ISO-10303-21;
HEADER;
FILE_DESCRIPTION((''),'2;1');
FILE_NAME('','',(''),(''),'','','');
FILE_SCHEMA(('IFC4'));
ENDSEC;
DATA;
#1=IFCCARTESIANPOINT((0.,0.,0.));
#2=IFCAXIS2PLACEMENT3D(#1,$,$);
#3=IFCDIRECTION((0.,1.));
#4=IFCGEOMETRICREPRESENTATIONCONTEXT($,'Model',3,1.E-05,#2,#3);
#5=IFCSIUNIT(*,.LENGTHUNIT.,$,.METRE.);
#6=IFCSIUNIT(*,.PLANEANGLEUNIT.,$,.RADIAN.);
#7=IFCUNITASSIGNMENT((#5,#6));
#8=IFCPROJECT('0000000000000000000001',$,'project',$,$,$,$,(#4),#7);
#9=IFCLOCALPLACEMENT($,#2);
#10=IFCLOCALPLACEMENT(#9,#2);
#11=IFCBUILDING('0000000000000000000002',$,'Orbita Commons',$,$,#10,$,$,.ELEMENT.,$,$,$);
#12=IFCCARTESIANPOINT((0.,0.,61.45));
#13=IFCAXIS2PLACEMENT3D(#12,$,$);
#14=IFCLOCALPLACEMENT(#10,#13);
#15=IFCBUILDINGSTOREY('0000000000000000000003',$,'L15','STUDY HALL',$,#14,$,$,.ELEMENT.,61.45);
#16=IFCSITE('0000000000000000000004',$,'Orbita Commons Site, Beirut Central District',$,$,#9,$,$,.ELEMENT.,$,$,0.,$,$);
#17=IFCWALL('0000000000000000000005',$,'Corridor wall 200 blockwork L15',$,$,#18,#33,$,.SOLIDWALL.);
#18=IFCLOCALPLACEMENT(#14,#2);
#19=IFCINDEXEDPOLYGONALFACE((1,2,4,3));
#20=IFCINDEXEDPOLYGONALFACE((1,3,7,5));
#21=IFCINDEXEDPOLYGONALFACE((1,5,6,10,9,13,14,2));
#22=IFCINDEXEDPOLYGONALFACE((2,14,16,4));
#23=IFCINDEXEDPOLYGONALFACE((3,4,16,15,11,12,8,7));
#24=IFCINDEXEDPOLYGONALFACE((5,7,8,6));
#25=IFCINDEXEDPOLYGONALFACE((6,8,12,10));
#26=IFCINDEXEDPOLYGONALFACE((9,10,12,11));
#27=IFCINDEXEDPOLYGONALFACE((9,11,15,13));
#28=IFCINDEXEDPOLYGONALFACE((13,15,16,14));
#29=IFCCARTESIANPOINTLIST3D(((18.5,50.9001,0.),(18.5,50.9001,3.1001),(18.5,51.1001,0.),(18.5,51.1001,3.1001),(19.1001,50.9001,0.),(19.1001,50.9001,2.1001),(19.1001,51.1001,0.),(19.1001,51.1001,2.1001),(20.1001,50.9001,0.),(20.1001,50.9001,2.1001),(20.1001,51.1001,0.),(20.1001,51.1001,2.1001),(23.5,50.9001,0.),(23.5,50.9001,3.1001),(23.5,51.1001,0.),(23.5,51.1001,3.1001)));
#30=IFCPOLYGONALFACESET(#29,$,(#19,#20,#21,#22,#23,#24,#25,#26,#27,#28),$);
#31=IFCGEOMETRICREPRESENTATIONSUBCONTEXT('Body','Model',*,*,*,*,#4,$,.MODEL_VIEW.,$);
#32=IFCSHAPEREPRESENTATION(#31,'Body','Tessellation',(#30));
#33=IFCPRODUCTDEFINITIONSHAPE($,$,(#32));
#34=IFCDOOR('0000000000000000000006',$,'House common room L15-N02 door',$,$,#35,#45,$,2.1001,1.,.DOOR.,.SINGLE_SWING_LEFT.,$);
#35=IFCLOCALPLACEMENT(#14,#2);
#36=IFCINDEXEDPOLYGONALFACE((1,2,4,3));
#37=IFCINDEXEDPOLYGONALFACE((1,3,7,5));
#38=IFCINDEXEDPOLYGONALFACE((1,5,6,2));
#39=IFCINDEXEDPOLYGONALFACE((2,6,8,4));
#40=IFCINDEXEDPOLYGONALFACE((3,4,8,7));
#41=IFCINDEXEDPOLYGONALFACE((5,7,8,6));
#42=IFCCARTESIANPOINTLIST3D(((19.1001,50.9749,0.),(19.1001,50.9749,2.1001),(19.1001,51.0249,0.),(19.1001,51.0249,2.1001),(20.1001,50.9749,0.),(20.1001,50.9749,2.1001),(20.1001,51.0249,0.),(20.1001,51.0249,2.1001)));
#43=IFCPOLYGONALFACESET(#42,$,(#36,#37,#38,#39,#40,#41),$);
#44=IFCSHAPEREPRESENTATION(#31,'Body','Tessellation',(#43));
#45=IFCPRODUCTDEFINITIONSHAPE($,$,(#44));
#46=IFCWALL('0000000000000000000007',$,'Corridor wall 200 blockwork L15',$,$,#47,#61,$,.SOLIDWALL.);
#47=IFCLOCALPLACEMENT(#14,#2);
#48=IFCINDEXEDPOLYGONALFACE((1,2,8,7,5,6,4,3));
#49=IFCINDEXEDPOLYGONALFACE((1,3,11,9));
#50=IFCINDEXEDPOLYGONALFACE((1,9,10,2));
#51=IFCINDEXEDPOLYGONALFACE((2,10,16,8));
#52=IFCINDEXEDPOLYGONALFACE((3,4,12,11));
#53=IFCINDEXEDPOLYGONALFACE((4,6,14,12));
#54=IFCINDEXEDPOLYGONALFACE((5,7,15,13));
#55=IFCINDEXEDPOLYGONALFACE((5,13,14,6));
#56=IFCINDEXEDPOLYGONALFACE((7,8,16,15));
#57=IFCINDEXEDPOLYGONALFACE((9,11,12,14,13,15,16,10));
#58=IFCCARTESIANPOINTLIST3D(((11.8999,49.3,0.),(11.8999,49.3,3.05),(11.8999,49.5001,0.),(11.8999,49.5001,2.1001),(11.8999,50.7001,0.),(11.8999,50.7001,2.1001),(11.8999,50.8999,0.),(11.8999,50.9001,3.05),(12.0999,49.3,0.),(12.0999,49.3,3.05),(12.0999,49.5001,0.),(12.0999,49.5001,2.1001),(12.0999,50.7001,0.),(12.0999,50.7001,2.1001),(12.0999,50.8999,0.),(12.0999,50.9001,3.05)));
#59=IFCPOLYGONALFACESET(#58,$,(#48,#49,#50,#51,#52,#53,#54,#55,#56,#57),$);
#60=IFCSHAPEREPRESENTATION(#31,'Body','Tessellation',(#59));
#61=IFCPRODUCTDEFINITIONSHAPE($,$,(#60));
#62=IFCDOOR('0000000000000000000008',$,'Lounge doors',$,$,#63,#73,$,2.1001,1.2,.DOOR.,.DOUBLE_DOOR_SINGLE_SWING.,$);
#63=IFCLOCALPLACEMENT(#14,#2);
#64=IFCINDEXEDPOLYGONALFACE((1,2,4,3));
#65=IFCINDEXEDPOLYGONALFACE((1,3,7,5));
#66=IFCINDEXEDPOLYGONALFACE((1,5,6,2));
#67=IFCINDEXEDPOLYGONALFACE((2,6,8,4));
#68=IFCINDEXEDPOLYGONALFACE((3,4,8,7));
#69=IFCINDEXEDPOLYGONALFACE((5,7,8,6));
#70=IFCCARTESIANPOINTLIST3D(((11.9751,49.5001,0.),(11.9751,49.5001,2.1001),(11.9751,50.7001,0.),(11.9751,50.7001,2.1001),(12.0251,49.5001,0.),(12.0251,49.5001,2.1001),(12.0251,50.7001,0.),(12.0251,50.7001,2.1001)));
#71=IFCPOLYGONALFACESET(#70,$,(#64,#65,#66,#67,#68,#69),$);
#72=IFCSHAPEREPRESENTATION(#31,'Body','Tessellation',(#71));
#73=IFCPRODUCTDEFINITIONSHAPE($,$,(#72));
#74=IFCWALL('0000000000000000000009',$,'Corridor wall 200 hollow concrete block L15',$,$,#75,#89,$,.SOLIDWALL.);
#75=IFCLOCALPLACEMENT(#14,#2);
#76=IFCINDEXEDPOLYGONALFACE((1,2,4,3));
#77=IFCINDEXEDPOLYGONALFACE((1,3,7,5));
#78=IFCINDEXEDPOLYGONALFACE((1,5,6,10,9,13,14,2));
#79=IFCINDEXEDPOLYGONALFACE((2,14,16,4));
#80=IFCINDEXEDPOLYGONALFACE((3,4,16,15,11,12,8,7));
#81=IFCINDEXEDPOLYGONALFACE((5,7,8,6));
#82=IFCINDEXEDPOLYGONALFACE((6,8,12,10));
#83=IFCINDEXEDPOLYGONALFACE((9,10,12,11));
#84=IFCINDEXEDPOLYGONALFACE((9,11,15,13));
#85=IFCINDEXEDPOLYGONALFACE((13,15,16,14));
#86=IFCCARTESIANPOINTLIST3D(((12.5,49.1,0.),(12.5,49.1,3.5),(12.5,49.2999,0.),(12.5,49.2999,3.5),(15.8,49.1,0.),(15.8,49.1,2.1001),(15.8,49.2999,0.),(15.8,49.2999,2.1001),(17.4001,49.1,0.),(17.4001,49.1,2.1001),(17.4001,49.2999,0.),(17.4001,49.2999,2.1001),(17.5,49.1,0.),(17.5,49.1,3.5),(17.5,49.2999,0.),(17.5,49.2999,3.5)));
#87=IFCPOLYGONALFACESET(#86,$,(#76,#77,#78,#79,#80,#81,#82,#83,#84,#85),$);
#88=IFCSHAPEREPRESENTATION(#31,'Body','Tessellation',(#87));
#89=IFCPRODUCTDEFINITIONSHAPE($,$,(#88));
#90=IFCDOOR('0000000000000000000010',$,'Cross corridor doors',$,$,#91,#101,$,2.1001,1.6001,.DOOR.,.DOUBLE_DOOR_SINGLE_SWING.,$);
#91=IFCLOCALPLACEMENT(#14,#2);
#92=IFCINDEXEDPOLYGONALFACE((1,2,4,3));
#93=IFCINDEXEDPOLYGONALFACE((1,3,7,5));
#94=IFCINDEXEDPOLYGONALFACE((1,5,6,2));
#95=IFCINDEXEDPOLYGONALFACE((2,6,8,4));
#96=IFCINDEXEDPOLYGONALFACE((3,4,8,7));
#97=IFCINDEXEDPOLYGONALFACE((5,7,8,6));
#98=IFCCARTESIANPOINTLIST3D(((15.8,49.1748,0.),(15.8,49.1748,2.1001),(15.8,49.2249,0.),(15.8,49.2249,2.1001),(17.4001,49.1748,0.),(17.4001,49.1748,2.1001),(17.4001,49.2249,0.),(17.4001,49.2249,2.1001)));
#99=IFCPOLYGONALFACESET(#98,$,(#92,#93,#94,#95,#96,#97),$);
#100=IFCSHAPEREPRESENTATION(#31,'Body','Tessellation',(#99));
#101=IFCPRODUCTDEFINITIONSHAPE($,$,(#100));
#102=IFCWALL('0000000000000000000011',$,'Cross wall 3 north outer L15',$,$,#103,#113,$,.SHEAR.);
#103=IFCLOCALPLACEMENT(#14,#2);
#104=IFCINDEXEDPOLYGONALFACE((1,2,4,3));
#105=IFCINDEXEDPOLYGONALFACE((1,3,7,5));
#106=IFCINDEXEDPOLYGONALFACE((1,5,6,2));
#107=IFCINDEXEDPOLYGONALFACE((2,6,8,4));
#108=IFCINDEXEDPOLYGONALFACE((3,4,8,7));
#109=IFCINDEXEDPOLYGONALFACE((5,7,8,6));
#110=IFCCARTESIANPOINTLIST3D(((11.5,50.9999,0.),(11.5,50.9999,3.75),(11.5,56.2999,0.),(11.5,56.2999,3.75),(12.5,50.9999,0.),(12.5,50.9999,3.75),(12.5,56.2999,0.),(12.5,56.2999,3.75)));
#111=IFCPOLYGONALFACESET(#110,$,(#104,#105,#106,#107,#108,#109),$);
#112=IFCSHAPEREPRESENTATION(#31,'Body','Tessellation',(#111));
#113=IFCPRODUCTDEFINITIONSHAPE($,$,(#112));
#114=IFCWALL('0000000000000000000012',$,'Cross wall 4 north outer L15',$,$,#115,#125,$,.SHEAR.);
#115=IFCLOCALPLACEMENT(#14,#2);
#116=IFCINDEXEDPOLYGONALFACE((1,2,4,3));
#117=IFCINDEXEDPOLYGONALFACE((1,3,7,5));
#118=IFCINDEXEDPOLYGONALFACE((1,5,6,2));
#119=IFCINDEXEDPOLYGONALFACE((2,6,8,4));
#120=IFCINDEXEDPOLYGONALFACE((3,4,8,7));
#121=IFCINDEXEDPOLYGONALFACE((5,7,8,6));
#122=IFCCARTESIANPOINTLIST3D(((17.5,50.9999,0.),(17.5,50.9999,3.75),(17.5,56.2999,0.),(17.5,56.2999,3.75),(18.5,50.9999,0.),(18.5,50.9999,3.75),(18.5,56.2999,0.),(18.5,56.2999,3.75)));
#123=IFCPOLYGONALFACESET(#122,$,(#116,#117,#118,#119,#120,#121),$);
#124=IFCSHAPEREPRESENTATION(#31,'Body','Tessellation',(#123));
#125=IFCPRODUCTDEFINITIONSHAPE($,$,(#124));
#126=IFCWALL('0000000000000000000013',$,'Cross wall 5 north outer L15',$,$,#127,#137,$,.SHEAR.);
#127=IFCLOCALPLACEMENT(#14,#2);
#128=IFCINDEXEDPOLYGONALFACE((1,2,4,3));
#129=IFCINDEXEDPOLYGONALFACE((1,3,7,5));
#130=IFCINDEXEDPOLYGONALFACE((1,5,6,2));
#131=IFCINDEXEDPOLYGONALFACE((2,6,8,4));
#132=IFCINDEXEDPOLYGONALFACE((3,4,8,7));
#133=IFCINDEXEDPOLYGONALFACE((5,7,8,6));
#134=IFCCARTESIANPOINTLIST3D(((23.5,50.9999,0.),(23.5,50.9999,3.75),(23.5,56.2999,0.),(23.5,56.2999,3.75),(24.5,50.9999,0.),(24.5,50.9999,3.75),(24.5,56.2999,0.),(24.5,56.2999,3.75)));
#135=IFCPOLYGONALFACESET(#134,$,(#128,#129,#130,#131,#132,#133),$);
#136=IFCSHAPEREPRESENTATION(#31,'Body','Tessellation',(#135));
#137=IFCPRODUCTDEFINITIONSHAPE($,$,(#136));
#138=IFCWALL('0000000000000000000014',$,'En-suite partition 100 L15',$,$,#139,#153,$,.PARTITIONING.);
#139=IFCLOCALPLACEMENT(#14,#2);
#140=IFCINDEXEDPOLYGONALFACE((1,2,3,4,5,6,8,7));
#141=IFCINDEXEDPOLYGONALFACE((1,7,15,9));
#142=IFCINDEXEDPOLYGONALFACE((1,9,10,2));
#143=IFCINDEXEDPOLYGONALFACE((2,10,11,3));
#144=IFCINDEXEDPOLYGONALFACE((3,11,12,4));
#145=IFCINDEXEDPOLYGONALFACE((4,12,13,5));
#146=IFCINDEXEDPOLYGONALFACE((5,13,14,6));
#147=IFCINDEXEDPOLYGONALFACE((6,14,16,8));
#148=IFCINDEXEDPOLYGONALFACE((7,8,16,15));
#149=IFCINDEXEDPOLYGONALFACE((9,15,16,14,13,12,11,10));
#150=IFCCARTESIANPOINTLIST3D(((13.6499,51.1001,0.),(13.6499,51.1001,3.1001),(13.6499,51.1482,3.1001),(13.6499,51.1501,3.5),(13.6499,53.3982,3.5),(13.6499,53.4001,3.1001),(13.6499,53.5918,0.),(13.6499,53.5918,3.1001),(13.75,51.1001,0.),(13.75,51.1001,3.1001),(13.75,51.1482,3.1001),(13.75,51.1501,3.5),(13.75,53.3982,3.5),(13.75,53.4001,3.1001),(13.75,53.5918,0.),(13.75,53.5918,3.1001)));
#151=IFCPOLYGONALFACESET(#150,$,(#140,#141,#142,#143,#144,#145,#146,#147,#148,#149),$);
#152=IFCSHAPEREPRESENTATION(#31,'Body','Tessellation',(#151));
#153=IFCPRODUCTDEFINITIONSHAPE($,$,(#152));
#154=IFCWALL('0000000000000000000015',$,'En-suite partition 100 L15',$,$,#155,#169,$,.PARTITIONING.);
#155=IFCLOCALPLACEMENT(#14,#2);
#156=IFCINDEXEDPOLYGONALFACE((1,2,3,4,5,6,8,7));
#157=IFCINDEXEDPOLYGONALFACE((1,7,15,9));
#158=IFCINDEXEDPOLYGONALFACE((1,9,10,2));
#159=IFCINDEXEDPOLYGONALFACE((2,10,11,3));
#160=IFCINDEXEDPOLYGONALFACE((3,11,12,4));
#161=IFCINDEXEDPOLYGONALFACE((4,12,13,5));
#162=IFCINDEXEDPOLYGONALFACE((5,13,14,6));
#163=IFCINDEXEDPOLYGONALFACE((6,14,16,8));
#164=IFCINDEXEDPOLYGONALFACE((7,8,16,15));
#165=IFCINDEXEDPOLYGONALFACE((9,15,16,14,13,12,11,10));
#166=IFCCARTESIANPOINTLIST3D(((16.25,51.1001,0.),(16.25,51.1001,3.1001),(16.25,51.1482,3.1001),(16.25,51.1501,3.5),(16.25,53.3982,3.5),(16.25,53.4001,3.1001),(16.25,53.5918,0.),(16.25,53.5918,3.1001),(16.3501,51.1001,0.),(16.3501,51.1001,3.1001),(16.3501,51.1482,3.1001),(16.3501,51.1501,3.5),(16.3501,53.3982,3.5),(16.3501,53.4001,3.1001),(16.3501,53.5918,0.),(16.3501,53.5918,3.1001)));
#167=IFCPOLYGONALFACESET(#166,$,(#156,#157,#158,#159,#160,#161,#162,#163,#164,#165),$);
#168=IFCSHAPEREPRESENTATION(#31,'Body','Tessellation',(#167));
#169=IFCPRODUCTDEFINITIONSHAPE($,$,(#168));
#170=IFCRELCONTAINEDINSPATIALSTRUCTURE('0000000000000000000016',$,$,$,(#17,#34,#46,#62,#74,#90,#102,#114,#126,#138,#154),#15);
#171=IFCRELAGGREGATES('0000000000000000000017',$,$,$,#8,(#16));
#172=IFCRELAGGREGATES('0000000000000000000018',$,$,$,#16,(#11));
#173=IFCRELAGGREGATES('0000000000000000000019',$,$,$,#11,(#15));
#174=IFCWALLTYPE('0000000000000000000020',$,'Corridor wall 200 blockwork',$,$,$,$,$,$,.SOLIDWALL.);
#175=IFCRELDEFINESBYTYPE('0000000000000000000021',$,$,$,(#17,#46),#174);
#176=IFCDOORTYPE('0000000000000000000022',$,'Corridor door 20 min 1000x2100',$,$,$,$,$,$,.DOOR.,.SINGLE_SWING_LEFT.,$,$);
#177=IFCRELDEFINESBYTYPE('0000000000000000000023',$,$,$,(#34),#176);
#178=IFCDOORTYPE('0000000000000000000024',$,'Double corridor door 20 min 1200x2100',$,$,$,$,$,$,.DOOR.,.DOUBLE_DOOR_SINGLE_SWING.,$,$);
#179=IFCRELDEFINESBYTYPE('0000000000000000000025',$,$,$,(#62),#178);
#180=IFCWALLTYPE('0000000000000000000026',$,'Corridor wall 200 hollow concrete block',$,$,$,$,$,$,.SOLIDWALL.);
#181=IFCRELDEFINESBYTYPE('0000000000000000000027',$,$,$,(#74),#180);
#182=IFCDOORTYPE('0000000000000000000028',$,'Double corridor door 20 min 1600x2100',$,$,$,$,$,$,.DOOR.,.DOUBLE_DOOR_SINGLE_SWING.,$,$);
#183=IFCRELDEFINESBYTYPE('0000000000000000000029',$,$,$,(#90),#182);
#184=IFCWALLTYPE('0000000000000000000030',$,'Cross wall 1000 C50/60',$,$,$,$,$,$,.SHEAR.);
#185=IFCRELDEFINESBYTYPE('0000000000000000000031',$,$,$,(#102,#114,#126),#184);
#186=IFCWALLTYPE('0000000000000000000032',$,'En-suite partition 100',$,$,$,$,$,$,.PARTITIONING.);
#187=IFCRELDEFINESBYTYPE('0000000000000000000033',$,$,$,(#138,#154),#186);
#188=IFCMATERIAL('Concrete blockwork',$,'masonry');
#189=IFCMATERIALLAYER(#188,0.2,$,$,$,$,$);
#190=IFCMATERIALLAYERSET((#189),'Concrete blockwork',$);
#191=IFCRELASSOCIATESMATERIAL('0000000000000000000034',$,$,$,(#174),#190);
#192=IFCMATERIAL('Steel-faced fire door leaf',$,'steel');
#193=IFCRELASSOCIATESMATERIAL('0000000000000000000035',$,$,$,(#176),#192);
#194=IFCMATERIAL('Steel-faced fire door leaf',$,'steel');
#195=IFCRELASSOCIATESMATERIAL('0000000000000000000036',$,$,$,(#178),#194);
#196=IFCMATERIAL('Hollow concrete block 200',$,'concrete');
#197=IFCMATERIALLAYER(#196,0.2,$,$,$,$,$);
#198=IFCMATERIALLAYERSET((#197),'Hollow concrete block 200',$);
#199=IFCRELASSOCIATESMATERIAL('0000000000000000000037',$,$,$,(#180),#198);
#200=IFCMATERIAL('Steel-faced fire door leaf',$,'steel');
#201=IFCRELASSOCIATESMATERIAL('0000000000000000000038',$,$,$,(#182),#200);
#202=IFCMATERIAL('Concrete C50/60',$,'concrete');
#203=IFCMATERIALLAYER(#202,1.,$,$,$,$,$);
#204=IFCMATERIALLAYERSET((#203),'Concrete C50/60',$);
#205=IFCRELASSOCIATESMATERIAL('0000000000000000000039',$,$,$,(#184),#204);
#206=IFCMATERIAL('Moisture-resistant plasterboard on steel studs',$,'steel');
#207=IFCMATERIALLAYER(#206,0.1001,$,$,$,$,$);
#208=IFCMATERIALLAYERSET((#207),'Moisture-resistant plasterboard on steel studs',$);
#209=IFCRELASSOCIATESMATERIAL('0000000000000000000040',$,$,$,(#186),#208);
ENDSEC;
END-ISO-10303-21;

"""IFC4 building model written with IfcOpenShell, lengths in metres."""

from ifc_helpers import new_model, si_unit, direction, frame, frame_2d, origin, place, context, subcontext, project, spatial, polyline, rectangle, outline, extrude, material, layer, layer_set, type_object, element, fill, save


model = new_model("IFC4")

# Units and contexts
model_context = context("Model", 3, precision=1e-05, world=origin(), true_north=direction((0.0, 1.0)))
body_context = subcontext(model_context, "Body", "Model", "MODEL_VIEW")
ifc_project = project(units=[si_unit("LENGTHUNIT", "METRE"), si_unit("PLANEANGLEUNIT", "RADIAN")], contexts=[model_context])

# Site, building, storey
site_placement = place(None, origin())
site = spatial("IfcSite", under=ifc_project, at=site_placement, Name="Orbita Commons Site, Beirut Central District", CompositionType="ELEMENT", RefElevation=0.0)
building_placement = place(site_placement, origin())
building = spatial("IfcBuilding", under=site, at=building_placement, Name="Orbita Commons", CompositionType="ELEMENT")
storey_placement = place(building_placement, frame((0.0, 0.0, 61.45)))
storey = spatial("IfcBuildingStorey", under=building, at=storey_placement, Name="L15", Description="STUDY HALL", CompositionType="ELEMENT", Elevation=61.45)

# Shared definitions
ifc_material_1 = material(Name="Concrete blockwork", Category="masonry")
ifc_layer_1 = layer(ifc_material_1, 0.2)
ifc_layer_set_1 = layer_set([ifc_layer_1], Name="Concrete blockwork")
wall_type_1 = type_object("IfcWallType", Name="Corridor wall 200 blockwork", PredefinedType="SOLIDWALL", material=ifc_layer_set_1)

# Walls, openings, doors
wall_1_placement = place(storey_placement, frame((18.5, 51.0, 0.0), z_axis=(0.0, 0.0, 1.0), x_axis=(1.0, 0.0, 0.0)))
wall_1 = element("IfcWall", 1, at=wall_1_placement, inside=storey, type_object=wall_type_1, Name="Corridor wall 200 blockwork L15", PredefinedType="SOLIDWALL", context=body_context, shape_type="SweptSolid", body=[
    extrude(outline(polyline([(0.0, 0.0), (5.0, 0.0), (5.0, 3.1001), (0.0, 3.1001), (0.0, 0.0)])), frame((0.0, 0.1001, 0.0), z_axis=(0.0, -1.0, 0.0), x_axis=(1.0, 0.0, 0.0)), (0.0, 0.0, 1.0), 0.2),
])
opening_1_placement = place(wall_1_placement, frame((0.6001, 0.0, 0.0)))
opening_1 = element("IfcOpeningElement", 2, at=opening_1_placement, cuts=wall_1, PredefinedType="OPENING", context=body_context, shape_type="SweptSolid", body=[
    extrude(rectangle(XDim=1.0, YDim=2.1001, at=frame_2d((0.5, 1.05))), frame((0.0, 0.1099, 0.0), z_axis=(0.0, -1.0, 0.0), x_axis=(1.0, 0.0, 0.0)), (0.0, 0.0, 1.0), 0.22),
])
ifc_material_2 = material(Name="Steel-faced fire door leaf", Category="steel")
door_type_1 = type_object("IfcDoorType", Name="Corridor door 20 min 1000x2100", OperationType="SINGLE_SWING_LEFT", PredefinedType="DOOR", material=ifc_material_2)
door_1_placement = place(opening_1_placement, origin())
door_1 = element("IfcDoor", 3, at=door_1_placement, inside=storey, type_object=door_type_1, Name="House common room L15-N02 door", OperationType="SINGLE_SWING_LEFT", OverallHeight=2.1001, OverallWidth=1.0, PredefinedType="DOOR", context=body_context, shape_type="SweptSolid", body=[
    extrude(rectangle(XDim=1.0, YDim=2.1001, at=frame_2d((0.5, 1.05))), frame((0.0, 0.0249, 0.0), z_axis=(0.0, -1.0, 0.0), x_axis=(1.0, 0.0, 0.0)), (0.0, 0.0, 1.0), 0.05),
])
fill(opening_1, door_1)
wall_2_placement = place(storey_placement, frame((12.0, 49.3, 0.0), z_axis=(0.0, 0.0, 1.0), x_axis=(0.0, 1.0, 0.0)))
wall_2 = element("IfcWall", 4, at=wall_2_placement, inside=storey, type_object=wall_type_1, Name="Corridor wall 200 blockwork L15", PredefinedType="SOLIDWALL", context=body_context, shape_type="SweptSolid", body=[
    extrude(outline(polyline([(0.0, 0.0), (1.5999, 0.0), (1.6001, 3.05), (0.0, 3.05), (0.0, 0.0)])), frame((0.0, 0.1001, 0.0), z_axis=(0.0, -1.0, 0.0), x_axis=(1.0, 0.0, 0.0)), (0.0, 0.0, 1.0), 0.2),
])
opening_2_placement = place(wall_2_placement, frame((0.2, 0.0, 0.0)))
opening_2 = element("IfcOpeningElement", 5, at=opening_2_placement, cuts=wall_2, PredefinedType="OPENING", context=body_context, shape_type="SweptSolid", body=[
    extrude(rectangle(XDim=1.2, YDim=2.1001, at=frame_2d((0.6001, 1.05))), frame((0.0, 0.1099, 0.0), z_axis=(0.0, -1.0, 0.0), x_axis=(1.0, 0.0, 0.0)), (0.0, 0.0, 1.0), 0.22),
])
ifc_material_3 = material(Name="Steel-faced fire door leaf", Category="steel")
door_type_2 = type_object("IfcDoorType", Name="Double corridor door 20 min 1200x2100", OperationType="DOUBLE_DOOR_SINGLE_SWING", PredefinedType="DOOR", material=ifc_material_3)
door_2_placement = place(opening_2_placement, origin())
door_2 = element("IfcDoor", 6, at=door_2_placement, inside=storey, type_object=door_type_2, Name="Lounge doors", OperationType="DOUBLE_DOOR_SINGLE_SWING", OverallHeight=2.1001, OverallWidth=1.2, PredefinedType="DOOR", context=body_context, shape_type="SweptSolid", body=[
    extrude(rectangle(XDim=1.2, YDim=2.1001, at=frame_2d((0.6001, 1.05))), frame((0.0, 0.0249, 0.0), z_axis=(0.0, -1.0, 0.0), x_axis=(1.0, 0.0, 0.0)), (0.0, 0.0, 1.0), 0.05),
])
fill(opening_2, door_2)
ifc_material_4 = material(Name="Hollow concrete block 200", Category="concrete")
ifc_layer_2 = layer(ifc_material_4, 0.2)
ifc_layer_set_2 = layer_set([ifc_layer_2], Name="Hollow concrete block 200")
wall_type_2 = type_object("IfcWallType", Name="Corridor wall 200 hollow concrete block", PredefinedType="SOLIDWALL", material=ifc_layer_set_2)
wall_3_placement = place(storey_placement, frame((12.5, 49.2, 0.0), z_axis=(0.0, 0.0, 1.0), x_axis=(1.0, 0.0, 0.0)))
wall_3 = element("IfcWall", 7, at=wall_3_placement, inside=storey, type_object=wall_type_2, Name="Corridor wall 200 hollow concrete block L15", PredefinedType="SOLIDWALL", context=body_context, shape_type="SweptSolid", body=[
    extrude(rectangle(XDim=5.0, YDim=0.2, at=frame_2d((2.5, 0.0))), origin(), (0.0, 0.0, 1.0), 3.5),
])
opening_3_placement = place(wall_3_placement, frame((3.3, 0.0, 0.0)))
opening_3 = element("IfcOpeningElement", 8, at=opening_3_placement, cuts=wall_3, PredefinedType="OPENING", context=body_context, shape_type="SweptSolid", body=[
    extrude(rectangle(XDim=1.6001, YDim=2.1001, at=frame_2d((0.8, 1.05))), frame((0.0, 0.1099, 0.0), z_axis=(0.0, -1.0, 0.0), x_axis=(1.0, 0.0, 0.0)), (0.0, 0.0, 1.0), 0.22),
])
ifc_material_5 = material(Name="Steel-faced fire door leaf", Category="steel")
door_type_3 = type_object("IfcDoorType", Name="Double corridor door 20 min 1600x2100", OperationType="DOUBLE_DOOR_SINGLE_SWING", PredefinedType="DOOR", material=ifc_material_5)
door_3_placement = place(opening_3_placement, origin())
door_3 = element("IfcDoor", 9, at=door_3_placement, inside=storey, type_object=door_type_3, Name="Cross corridor doors", OperationType="DOUBLE_DOOR_SINGLE_SWING", OverallHeight=2.1001, OverallWidth=1.6001, PredefinedType="DOOR", context=body_context, shape_type="SweptSolid", body=[
    extrude(rectangle(XDim=1.6001, YDim=2.1001, at=frame_2d((0.8, 1.05))), frame((0.0, 0.0249, 0.0), z_axis=(0.0, -1.0, 0.0), x_axis=(1.0, 0.0, 0.0)), (0.0, 0.0, 1.0), 0.05),
])
fill(opening_3, door_3)

# Walls
ifc_material_6 = material(Name="Concrete C50/60", Category="concrete")
ifc_layer_3 = layer(ifc_material_6, 1.0)
ifc_layer_set_3 = layer_set([ifc_layer_3], Name="Concrete C50/60")
wall_type_3 = type_object("IfcWallType", Name="Cross wall 1000 C50/60", PredefinedType="SHEAR", material=ifc_layer_set_3)
for number, where, z_axis, x_axis, name in (
    (10, (12.0, 51.0, 0.0), (0.0, 0.0, 1.0), (0.0, 1.0, 0.0), "Cross wall 3 north outer L15"),
    (11, (18.0, 51.0, 0.0), (0.0, 0.0, 1.0), (0.0, 1.0, 0.0), "Cross wall 4 north outer L15"),
    (12, (24.0, 51.0, 0.0), (0.0, 0.0, 1.0), (0.0, 1.0, 0.0), "Cross wall 5 north outer L15"),
):
    element("IfcWall", number, at=place(storey_placement, frame(where, z_axis=z_axis, x_axis=x_axis)), inside=storey, type_object=wall_type_3, Name=name, PredefinedType="SHEAR", context=body_context, shape_type="SweptSolid", body=[
        extrude(rectangle(XDim=5.3, YDim=1.0, at=frame_2d((2.6499, 0.0))), origin(), (0.0, 0.0, 1.0), 3.75),
    ])
ifc_material_7 = material(Name="Moisture-resistant plasterboard on steel studs", Category="steel")
ifc_layer_4 = layer(ifc_material_7, 0.1001)
ifc_layer_set_4 = layer_set([ifc_layer_4], Name="Moisture-resistant plasterboard on steel studs")
wall_type_4 = type_object("IfcWallType", Name="En-suite partition 100", PredefinedType="PARTITIONING", material=ifc_layer_set_4)
for number, where, z_axis, x_axis, name in (
    (13, (13.7, 53.5918, 0.0), (0.0, 0.0, 1.0), (0.0, -1.0, 0.0), "En-suite partition 100 L15"),
    (14, (16.3, 53.5918, 0.0), (0.0, 0.0, 1.0), (0.0, -1.0, 0.0), "En-suite partition 100 L15"),
):
    element("IfcWall", number, at=place(storey_placement, frame(where, z_axis=z_axis, x_axis=x_axis)), inside=storey, type_object=wall_type_4, Name=name, PredefinedType="PARTITIONING", context=body_context, shape_type="SweptSolid", body=[
        extrude(outline(polyline([(0.0, 0.0), (2.4917, 0.0), (2.4917, 3.1001), (2.4436, 3.1001), (2.4417, 3.5), (0.1936, 3.5), (0.1917, 3.1001), (0.0, 3.1001), (0.0, 0.0)])), frame((0.0, 0.05, 0.0), z_axis=(0.0, -1.0, 0.0), x_axis=(1.0, 0.0, 0.0)), (0.0, 0.0, 1.0), 0.1001),
    ])

save(model, "model.ifc")
